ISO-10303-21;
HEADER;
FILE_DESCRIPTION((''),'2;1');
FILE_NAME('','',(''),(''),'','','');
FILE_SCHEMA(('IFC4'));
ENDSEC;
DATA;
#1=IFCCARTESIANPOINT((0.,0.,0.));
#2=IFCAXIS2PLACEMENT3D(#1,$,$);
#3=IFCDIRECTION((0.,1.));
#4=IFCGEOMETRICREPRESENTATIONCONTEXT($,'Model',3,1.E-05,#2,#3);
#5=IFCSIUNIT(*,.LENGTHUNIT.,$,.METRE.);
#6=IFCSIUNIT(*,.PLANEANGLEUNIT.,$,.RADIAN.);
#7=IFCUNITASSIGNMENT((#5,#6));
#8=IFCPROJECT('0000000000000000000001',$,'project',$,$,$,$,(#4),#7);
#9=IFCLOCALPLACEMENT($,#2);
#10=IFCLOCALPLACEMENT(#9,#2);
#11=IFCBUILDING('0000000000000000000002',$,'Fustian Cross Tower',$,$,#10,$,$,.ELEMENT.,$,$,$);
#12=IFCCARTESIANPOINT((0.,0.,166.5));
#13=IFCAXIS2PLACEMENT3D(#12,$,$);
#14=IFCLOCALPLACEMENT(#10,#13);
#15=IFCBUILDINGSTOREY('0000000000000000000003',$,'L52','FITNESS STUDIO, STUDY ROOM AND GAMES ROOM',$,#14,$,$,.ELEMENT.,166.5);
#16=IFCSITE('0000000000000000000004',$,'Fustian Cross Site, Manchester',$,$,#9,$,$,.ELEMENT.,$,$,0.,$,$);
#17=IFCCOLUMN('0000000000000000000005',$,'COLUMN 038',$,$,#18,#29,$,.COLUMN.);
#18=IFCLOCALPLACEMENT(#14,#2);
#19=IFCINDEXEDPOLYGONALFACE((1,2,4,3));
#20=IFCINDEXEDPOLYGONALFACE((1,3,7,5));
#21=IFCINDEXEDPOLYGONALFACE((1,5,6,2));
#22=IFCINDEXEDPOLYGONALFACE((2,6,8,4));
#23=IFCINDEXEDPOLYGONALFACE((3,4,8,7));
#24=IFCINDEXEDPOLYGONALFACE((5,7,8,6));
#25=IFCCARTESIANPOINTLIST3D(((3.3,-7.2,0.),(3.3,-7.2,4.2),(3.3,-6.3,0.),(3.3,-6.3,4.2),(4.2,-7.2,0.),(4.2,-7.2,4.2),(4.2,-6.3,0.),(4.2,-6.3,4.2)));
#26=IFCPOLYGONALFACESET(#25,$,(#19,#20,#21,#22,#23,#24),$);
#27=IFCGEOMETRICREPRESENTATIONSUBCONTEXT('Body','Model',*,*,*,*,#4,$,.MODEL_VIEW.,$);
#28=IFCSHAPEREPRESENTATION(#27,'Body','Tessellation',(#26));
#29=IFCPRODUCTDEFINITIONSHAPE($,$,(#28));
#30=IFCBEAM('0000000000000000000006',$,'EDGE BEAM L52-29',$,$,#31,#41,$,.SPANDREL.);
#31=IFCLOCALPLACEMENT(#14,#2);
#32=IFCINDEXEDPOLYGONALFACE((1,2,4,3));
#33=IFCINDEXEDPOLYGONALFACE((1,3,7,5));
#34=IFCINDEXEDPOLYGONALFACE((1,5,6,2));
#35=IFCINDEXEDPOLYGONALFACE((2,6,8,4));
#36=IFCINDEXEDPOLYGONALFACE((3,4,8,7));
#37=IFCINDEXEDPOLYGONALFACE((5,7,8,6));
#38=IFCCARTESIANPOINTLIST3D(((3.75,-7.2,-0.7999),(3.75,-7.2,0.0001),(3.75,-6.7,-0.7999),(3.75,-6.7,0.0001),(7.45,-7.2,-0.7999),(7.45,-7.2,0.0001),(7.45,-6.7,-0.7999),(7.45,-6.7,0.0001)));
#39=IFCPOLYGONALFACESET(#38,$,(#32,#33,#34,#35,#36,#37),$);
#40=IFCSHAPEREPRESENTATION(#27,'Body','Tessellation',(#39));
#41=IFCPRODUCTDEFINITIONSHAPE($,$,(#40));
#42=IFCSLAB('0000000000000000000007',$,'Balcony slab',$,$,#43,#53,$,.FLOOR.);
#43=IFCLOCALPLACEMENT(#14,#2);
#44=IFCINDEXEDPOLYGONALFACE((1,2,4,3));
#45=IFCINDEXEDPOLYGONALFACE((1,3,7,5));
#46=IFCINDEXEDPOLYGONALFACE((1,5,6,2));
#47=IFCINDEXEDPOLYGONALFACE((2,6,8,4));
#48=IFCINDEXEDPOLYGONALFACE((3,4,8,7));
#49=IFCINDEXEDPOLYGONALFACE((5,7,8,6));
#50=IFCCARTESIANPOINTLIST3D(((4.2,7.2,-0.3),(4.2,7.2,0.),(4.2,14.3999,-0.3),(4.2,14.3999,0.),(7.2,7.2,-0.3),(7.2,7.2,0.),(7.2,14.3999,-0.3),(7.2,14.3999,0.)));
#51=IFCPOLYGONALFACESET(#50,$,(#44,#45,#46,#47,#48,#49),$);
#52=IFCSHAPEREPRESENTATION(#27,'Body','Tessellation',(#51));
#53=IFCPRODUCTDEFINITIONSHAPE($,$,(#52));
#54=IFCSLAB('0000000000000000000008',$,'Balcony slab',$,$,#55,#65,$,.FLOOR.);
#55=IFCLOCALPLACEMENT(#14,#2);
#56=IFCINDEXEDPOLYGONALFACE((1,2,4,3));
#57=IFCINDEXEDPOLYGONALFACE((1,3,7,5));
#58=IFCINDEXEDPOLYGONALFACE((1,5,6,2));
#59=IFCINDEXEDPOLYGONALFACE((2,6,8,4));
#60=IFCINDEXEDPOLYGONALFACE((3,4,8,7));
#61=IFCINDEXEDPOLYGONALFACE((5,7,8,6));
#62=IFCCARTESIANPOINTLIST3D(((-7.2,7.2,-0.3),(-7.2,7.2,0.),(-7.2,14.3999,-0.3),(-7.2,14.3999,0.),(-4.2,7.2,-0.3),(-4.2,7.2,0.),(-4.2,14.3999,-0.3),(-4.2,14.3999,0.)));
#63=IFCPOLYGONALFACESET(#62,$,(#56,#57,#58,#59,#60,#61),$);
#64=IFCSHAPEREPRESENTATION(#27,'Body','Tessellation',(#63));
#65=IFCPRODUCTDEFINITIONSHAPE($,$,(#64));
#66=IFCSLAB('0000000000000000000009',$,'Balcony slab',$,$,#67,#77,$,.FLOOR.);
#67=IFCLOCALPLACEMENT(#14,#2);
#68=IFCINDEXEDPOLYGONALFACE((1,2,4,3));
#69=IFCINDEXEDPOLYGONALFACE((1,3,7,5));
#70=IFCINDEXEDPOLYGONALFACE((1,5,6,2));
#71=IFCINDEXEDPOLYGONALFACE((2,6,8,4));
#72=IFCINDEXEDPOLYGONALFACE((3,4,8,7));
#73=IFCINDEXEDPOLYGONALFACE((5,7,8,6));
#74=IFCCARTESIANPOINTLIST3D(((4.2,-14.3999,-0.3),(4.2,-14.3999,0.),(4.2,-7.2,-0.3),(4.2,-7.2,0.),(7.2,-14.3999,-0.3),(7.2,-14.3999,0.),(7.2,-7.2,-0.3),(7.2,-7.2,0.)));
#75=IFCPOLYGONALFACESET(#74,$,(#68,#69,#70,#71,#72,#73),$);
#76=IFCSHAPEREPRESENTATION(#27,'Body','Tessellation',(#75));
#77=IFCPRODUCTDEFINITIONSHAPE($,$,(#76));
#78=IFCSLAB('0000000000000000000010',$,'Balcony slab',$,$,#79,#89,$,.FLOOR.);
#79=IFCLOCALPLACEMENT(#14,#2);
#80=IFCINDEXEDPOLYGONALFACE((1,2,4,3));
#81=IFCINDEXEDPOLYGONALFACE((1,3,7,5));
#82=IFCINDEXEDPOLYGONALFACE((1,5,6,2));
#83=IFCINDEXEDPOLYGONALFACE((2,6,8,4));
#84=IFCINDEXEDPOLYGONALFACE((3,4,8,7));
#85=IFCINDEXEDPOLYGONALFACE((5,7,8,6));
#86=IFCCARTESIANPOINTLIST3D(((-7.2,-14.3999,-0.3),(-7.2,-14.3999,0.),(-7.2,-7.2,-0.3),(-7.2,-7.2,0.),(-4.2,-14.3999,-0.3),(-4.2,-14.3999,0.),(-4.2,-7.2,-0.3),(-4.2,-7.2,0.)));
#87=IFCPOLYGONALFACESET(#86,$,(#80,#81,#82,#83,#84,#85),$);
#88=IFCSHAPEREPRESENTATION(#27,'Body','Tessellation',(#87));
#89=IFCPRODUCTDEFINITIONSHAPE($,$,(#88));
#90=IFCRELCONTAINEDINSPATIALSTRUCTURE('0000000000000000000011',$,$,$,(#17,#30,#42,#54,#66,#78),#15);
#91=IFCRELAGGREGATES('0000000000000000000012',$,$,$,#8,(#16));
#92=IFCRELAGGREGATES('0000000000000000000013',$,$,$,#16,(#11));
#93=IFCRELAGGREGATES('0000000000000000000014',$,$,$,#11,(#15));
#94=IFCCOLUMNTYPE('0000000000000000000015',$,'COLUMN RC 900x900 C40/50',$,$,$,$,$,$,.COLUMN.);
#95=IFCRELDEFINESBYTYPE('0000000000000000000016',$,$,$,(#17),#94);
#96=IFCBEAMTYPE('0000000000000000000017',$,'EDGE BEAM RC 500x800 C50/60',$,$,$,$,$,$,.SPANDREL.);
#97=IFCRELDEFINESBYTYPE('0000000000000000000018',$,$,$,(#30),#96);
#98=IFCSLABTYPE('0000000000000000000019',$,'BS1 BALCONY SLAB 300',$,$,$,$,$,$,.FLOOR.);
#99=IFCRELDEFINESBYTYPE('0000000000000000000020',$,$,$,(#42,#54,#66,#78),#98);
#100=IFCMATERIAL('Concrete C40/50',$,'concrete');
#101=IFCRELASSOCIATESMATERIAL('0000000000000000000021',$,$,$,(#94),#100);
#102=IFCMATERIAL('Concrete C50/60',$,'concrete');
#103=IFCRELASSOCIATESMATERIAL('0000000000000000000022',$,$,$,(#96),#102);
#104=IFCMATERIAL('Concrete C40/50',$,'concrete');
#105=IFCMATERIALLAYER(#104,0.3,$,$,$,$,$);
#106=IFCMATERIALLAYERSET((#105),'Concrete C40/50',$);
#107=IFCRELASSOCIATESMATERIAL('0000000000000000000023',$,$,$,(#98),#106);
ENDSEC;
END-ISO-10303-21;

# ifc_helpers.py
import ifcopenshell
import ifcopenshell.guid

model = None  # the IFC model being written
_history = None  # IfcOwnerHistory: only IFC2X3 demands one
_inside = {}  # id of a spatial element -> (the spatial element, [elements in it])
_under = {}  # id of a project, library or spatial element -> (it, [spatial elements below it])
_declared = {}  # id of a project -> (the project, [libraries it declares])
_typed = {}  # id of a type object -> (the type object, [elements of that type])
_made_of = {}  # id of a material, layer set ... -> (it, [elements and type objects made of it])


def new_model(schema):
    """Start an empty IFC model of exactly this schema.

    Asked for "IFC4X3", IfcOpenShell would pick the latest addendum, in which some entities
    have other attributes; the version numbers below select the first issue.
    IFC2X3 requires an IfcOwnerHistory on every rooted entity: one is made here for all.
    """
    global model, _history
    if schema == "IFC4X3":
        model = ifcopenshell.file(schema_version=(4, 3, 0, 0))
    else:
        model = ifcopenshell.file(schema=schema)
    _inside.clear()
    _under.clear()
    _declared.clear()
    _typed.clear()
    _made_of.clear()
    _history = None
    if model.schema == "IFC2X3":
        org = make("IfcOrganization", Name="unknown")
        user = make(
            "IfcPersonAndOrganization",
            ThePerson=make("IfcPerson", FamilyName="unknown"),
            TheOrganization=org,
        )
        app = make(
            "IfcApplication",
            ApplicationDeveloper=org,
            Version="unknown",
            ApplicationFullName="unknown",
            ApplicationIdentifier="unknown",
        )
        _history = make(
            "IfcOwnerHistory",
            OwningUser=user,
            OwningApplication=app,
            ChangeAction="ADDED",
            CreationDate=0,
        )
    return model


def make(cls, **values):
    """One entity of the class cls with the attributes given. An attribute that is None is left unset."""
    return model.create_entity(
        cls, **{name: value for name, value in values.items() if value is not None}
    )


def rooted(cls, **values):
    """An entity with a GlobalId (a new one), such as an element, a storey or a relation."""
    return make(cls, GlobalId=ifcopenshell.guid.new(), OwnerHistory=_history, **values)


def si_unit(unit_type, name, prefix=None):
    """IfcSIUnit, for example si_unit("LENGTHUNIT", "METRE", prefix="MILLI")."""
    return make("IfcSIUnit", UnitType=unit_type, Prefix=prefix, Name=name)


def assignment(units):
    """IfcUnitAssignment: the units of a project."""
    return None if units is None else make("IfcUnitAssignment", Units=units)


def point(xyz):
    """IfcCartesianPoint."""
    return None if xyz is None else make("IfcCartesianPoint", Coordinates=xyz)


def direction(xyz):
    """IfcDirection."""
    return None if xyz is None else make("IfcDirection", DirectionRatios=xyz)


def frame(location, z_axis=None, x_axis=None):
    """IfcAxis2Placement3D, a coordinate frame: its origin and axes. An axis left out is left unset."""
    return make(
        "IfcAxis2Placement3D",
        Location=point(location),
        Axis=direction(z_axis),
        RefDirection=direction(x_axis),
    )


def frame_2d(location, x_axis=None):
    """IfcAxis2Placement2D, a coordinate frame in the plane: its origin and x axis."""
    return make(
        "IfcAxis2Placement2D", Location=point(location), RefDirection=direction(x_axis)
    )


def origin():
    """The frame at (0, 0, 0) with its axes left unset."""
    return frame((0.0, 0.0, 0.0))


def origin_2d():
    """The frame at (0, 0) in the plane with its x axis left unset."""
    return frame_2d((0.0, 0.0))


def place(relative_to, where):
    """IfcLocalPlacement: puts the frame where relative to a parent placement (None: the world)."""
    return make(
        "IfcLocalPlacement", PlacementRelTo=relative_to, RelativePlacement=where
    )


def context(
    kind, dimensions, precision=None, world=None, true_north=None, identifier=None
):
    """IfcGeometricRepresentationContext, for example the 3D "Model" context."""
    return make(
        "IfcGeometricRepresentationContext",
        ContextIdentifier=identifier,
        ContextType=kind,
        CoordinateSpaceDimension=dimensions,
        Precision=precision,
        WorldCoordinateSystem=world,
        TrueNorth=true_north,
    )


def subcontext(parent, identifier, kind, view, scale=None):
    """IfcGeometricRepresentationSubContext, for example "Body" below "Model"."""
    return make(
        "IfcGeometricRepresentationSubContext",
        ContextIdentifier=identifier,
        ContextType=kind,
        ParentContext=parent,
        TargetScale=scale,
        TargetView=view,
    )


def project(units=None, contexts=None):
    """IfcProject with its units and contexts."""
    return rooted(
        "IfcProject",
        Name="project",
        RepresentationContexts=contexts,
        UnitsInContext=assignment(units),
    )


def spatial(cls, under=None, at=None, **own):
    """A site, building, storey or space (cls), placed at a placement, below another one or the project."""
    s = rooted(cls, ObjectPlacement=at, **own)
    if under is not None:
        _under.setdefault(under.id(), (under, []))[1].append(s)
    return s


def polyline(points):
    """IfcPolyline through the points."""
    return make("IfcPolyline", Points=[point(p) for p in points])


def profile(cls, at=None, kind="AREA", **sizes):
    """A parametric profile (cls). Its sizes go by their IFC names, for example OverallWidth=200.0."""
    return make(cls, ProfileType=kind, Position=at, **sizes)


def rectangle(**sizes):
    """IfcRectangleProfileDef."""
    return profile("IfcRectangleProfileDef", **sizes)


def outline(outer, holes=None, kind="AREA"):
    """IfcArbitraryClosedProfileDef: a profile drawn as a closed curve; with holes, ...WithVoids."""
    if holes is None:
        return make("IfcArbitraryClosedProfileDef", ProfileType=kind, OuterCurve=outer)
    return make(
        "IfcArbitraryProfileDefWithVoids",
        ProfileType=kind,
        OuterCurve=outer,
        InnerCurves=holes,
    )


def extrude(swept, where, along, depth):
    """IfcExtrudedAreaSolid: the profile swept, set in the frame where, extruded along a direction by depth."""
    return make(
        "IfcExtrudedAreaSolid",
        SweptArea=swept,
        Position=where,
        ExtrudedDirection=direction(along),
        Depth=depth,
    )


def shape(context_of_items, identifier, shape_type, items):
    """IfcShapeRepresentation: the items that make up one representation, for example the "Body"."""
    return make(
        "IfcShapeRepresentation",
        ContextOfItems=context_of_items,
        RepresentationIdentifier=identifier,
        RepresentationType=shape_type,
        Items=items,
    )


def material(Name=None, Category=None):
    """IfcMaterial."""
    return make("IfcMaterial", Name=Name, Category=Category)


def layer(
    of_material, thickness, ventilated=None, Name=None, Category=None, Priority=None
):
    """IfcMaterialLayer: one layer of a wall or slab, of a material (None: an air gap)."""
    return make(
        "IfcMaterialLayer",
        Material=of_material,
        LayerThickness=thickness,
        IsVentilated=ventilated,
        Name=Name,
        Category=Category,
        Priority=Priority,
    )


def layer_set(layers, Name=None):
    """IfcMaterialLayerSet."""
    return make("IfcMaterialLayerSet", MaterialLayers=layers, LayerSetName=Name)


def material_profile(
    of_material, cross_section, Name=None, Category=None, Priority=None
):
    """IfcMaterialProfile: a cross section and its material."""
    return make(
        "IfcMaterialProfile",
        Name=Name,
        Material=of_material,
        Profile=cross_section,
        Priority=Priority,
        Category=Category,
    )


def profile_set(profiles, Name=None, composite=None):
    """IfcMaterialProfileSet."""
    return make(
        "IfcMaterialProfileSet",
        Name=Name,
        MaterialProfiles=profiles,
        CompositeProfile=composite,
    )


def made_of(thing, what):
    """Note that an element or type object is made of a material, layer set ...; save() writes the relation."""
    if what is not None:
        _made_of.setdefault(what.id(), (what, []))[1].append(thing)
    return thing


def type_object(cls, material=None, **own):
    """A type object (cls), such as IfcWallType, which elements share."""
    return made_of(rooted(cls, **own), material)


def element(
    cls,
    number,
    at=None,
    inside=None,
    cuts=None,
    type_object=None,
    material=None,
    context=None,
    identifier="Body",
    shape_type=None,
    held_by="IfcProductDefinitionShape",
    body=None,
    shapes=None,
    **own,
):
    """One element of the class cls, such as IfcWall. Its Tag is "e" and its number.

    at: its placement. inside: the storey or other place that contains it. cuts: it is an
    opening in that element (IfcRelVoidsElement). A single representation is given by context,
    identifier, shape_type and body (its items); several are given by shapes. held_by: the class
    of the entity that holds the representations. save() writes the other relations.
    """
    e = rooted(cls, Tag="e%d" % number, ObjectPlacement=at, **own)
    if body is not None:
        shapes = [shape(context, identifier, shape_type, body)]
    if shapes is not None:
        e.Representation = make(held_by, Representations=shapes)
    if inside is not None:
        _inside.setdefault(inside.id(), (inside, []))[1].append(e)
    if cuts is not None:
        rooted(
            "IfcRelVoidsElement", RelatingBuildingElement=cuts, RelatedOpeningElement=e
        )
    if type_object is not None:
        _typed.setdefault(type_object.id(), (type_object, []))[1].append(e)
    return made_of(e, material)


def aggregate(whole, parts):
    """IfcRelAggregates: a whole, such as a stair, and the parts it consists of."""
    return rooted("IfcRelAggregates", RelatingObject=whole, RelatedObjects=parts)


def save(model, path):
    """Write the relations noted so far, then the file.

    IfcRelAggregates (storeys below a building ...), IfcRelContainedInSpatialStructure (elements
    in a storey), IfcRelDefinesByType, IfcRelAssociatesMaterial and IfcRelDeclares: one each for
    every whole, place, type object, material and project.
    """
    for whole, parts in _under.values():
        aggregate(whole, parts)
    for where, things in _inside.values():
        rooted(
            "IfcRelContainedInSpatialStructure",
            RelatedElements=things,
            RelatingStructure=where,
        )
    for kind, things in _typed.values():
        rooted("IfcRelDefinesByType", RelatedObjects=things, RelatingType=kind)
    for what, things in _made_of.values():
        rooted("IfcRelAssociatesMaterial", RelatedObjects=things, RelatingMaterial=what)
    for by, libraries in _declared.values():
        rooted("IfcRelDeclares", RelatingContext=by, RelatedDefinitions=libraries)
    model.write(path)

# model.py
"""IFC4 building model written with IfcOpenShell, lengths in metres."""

from ifc_helpers import new_model, si_unit, direction, frame, origin, origin_2d, place, context, subcontext, project, spatial, polyline, rectangle, outline, extrude, material, layer, layer_set, material_profile, profile_set, type_object, element, save


model = new_model("IFC4")

# Units and contexts
model_context = context("Model", 3, precision=1e-05, world=origin(), true_north=direction((0.0, 1.0)))
body_context = subcontext(model_context, "Body", "Model", "MODEL_VIEW")
ifc_project = project(units=[si_unit("LENGTHUNIT", "METRE"), si_unit("PLANEANGLEUNIT", "RADIAN")], contexts=[model_context])

# Site, building, storey
site_placement = place(None, origin())
site = spatial("IfcSite", under=ifc_project, at=site_placement, Name="Fustian Cross Site, Manchester", CompositionType="ELEMENT", RefElevation=0.0)
building_placement = place(site_placement, origin())
building = spatial("IfcBuilding", under=site, at=building_placement, Name="Fustian Cross Tower", CompositionType="ELEMENT")
storey_placement = place(building_placement, frame((0.0, 0.0, 166.5)))
storey = spatial("IfcBuildingStorey", under=building, at=storey_placement, Name="L52", Description="FITNESS STUDIO, STUDY ROOM AND GAMES ROOM", CompositionType="ELEMENT", Elevation=166.5)

# Column
ifc_material_1 = material(Name="Concrete C40/50", Category="concrete")
ifc_material_profile_1 = material_profile(ifc_material_1, rectangle(XDim=0.8999, YDim=0.8999, at=origin_2d()), Name="RC 900x900")
ifc_profile_set_1 = profile_set([ifc_material_profile_1], Name="Concrete C40/50")
column_type = type_object("IfcColumnType", Name="COLUMN RC 900x900 C40/50", PredefinedType="COLUMN", material=ifc_profile_set_1)
column_placement = place(storey_placement, frame((3.75, -6.75, 0.0), z_axis=(0.0, 0.0, 1.0), x_axis=(1.0, 0.0, 0.0)))
element("IfcColumn", 1, at=column_placement, inside=storey, type_object=column_type, Name="COLUMN 038", PredefinedType="COLUMN", context=body_context, shape_type="SweptSolid", body=[
    extrude(rectangle(XDim=0.8999, YDim=0.8999, at=origin_2d()), origin(), (0.0, 0.0, 1.0), 4.2),
])

# Beam
ifc_material_2 = material(Name="Concrete C50/60", Category="concrete")
ifc_material_profile_2 = material_profile(ifc_material_2, rectangle(XDim=0.5, YDim=0.8, at=origin_2d()), Name="RC 500x800")
ifc_profile_set_2 = profile_set([ifc_material_profile_2], Name="Concrete C50/60")
beam_type = type_object("IfcBeamType", Name="EDGE BEAM RC 500x800 C50/60", PredefinedType="SPANDREL", material=ifc_profile_set_2)
beam_placement = place(storey_placement, frame((3.75, -6.95, -0.3999), z_axis=(1.0, 0.0, 0.0), x_axis=(0.0, 1.0, 0.0)))
element("IfcBeam", 2, at=beam_placement, inside=storey, type_object=beam_type, Name="EDGE BEAM L52-29", PredefinedType="SPANDREL", context=body_context, shape_type="SweptSolid", body=[
    extrude(rectangle(XDim=0.5, YDim=0.8, at=origin_2d()), origin(), (0.0, 0.0, 1.0), 3.7),
])

# Slabs
ifc_material_3 = material(Name="Concrete C40/50", Category="concrete")
ifc_layer_1 = layer(ifc_material_3, 0.3)
ifc_layer_set_1 = layer_set([ifc_layer_1], Name="Concrete C40/50")
slab_type_1 = type_object("IfcSlabType", Name="BS1 BALCONY SLAB 300", PredefinedType="FLOOR", material=ifc_layer_set_1)
slab_1_placement = place(storey_placement, frame((0.0, 0.0, -0.3)))
element("IfcSlab", 3, at=slab_1_placement, inside=storey, type_object=slab_type_1, Name="Balcony slab", PredefinedType="FLOOR", context=body_context, shape_type="SweptSolid", body=[
    extrude(outline(polyline([(4.2, 7.2), (7.2, 7.2), (7.2, 14.3999), (4.2, 14.3999), (4.2, 7.2)])), origin(), (0.0, 0.0, 1.0), 0.3),
])
slab_2_placement = place(storey_placement, frame((0.0, 0.0, -0.3)))
element("IfcSlab", 4, at=slab_2_placement, inside=storey, type_object=slab_type_1, Name="Balcony slab", PredefinedType="FLOOR", context=body_context, shape_type="SweptSolid", body=[
    extrude(outline(polyline([(-7.2, 7.2), (-4.2, 7.2), (-4.2, 14.3999), (-7.2, 14.3999), (-7.2, 7.2)])), origin(), (0.0, 0.0, 1.0), 0.3),
])
slab_3_placement = place(storey_placement, frame((0.0, 0.0, -0.3)))
element("IfcSlab", 5, at=slab_3_placement, inside=storey, type_object=slab_type_1, Name="Balcony slab", PredefinedType="FLOOR", context=body_context, shape_type="SweptSolid", body=[
    extrude(outline(polyline([(4.2, -14.3999), (7.2, -14.3999), (7.2, -7.2), (4.2, -7.2), (4.2, -14.3999)])), origin(), (0.0, 0.0, 1.0), 0.3),
])
slab_4_placement = place(storey_placement, frame((0.0, 0.0, -0.3)))
element("IfcSlab", 6, at=slab_4_placement, inside=storey, type_object=slab_type_1, Name="Balcony slab", PredefinedType="FLOOR", context=body_context, shape_type="SweptSolid", body=[
    extrude(outline(polyline([(-7.2, -14.3999), (-4.2, -14.3999), (-4.2, -7.2), (-7.2, -7.2), (-7.2, -14.3999)])), origin(), (0.0, 0.0, 1.0), 0.3),
])

save(model, "model.ifc")
